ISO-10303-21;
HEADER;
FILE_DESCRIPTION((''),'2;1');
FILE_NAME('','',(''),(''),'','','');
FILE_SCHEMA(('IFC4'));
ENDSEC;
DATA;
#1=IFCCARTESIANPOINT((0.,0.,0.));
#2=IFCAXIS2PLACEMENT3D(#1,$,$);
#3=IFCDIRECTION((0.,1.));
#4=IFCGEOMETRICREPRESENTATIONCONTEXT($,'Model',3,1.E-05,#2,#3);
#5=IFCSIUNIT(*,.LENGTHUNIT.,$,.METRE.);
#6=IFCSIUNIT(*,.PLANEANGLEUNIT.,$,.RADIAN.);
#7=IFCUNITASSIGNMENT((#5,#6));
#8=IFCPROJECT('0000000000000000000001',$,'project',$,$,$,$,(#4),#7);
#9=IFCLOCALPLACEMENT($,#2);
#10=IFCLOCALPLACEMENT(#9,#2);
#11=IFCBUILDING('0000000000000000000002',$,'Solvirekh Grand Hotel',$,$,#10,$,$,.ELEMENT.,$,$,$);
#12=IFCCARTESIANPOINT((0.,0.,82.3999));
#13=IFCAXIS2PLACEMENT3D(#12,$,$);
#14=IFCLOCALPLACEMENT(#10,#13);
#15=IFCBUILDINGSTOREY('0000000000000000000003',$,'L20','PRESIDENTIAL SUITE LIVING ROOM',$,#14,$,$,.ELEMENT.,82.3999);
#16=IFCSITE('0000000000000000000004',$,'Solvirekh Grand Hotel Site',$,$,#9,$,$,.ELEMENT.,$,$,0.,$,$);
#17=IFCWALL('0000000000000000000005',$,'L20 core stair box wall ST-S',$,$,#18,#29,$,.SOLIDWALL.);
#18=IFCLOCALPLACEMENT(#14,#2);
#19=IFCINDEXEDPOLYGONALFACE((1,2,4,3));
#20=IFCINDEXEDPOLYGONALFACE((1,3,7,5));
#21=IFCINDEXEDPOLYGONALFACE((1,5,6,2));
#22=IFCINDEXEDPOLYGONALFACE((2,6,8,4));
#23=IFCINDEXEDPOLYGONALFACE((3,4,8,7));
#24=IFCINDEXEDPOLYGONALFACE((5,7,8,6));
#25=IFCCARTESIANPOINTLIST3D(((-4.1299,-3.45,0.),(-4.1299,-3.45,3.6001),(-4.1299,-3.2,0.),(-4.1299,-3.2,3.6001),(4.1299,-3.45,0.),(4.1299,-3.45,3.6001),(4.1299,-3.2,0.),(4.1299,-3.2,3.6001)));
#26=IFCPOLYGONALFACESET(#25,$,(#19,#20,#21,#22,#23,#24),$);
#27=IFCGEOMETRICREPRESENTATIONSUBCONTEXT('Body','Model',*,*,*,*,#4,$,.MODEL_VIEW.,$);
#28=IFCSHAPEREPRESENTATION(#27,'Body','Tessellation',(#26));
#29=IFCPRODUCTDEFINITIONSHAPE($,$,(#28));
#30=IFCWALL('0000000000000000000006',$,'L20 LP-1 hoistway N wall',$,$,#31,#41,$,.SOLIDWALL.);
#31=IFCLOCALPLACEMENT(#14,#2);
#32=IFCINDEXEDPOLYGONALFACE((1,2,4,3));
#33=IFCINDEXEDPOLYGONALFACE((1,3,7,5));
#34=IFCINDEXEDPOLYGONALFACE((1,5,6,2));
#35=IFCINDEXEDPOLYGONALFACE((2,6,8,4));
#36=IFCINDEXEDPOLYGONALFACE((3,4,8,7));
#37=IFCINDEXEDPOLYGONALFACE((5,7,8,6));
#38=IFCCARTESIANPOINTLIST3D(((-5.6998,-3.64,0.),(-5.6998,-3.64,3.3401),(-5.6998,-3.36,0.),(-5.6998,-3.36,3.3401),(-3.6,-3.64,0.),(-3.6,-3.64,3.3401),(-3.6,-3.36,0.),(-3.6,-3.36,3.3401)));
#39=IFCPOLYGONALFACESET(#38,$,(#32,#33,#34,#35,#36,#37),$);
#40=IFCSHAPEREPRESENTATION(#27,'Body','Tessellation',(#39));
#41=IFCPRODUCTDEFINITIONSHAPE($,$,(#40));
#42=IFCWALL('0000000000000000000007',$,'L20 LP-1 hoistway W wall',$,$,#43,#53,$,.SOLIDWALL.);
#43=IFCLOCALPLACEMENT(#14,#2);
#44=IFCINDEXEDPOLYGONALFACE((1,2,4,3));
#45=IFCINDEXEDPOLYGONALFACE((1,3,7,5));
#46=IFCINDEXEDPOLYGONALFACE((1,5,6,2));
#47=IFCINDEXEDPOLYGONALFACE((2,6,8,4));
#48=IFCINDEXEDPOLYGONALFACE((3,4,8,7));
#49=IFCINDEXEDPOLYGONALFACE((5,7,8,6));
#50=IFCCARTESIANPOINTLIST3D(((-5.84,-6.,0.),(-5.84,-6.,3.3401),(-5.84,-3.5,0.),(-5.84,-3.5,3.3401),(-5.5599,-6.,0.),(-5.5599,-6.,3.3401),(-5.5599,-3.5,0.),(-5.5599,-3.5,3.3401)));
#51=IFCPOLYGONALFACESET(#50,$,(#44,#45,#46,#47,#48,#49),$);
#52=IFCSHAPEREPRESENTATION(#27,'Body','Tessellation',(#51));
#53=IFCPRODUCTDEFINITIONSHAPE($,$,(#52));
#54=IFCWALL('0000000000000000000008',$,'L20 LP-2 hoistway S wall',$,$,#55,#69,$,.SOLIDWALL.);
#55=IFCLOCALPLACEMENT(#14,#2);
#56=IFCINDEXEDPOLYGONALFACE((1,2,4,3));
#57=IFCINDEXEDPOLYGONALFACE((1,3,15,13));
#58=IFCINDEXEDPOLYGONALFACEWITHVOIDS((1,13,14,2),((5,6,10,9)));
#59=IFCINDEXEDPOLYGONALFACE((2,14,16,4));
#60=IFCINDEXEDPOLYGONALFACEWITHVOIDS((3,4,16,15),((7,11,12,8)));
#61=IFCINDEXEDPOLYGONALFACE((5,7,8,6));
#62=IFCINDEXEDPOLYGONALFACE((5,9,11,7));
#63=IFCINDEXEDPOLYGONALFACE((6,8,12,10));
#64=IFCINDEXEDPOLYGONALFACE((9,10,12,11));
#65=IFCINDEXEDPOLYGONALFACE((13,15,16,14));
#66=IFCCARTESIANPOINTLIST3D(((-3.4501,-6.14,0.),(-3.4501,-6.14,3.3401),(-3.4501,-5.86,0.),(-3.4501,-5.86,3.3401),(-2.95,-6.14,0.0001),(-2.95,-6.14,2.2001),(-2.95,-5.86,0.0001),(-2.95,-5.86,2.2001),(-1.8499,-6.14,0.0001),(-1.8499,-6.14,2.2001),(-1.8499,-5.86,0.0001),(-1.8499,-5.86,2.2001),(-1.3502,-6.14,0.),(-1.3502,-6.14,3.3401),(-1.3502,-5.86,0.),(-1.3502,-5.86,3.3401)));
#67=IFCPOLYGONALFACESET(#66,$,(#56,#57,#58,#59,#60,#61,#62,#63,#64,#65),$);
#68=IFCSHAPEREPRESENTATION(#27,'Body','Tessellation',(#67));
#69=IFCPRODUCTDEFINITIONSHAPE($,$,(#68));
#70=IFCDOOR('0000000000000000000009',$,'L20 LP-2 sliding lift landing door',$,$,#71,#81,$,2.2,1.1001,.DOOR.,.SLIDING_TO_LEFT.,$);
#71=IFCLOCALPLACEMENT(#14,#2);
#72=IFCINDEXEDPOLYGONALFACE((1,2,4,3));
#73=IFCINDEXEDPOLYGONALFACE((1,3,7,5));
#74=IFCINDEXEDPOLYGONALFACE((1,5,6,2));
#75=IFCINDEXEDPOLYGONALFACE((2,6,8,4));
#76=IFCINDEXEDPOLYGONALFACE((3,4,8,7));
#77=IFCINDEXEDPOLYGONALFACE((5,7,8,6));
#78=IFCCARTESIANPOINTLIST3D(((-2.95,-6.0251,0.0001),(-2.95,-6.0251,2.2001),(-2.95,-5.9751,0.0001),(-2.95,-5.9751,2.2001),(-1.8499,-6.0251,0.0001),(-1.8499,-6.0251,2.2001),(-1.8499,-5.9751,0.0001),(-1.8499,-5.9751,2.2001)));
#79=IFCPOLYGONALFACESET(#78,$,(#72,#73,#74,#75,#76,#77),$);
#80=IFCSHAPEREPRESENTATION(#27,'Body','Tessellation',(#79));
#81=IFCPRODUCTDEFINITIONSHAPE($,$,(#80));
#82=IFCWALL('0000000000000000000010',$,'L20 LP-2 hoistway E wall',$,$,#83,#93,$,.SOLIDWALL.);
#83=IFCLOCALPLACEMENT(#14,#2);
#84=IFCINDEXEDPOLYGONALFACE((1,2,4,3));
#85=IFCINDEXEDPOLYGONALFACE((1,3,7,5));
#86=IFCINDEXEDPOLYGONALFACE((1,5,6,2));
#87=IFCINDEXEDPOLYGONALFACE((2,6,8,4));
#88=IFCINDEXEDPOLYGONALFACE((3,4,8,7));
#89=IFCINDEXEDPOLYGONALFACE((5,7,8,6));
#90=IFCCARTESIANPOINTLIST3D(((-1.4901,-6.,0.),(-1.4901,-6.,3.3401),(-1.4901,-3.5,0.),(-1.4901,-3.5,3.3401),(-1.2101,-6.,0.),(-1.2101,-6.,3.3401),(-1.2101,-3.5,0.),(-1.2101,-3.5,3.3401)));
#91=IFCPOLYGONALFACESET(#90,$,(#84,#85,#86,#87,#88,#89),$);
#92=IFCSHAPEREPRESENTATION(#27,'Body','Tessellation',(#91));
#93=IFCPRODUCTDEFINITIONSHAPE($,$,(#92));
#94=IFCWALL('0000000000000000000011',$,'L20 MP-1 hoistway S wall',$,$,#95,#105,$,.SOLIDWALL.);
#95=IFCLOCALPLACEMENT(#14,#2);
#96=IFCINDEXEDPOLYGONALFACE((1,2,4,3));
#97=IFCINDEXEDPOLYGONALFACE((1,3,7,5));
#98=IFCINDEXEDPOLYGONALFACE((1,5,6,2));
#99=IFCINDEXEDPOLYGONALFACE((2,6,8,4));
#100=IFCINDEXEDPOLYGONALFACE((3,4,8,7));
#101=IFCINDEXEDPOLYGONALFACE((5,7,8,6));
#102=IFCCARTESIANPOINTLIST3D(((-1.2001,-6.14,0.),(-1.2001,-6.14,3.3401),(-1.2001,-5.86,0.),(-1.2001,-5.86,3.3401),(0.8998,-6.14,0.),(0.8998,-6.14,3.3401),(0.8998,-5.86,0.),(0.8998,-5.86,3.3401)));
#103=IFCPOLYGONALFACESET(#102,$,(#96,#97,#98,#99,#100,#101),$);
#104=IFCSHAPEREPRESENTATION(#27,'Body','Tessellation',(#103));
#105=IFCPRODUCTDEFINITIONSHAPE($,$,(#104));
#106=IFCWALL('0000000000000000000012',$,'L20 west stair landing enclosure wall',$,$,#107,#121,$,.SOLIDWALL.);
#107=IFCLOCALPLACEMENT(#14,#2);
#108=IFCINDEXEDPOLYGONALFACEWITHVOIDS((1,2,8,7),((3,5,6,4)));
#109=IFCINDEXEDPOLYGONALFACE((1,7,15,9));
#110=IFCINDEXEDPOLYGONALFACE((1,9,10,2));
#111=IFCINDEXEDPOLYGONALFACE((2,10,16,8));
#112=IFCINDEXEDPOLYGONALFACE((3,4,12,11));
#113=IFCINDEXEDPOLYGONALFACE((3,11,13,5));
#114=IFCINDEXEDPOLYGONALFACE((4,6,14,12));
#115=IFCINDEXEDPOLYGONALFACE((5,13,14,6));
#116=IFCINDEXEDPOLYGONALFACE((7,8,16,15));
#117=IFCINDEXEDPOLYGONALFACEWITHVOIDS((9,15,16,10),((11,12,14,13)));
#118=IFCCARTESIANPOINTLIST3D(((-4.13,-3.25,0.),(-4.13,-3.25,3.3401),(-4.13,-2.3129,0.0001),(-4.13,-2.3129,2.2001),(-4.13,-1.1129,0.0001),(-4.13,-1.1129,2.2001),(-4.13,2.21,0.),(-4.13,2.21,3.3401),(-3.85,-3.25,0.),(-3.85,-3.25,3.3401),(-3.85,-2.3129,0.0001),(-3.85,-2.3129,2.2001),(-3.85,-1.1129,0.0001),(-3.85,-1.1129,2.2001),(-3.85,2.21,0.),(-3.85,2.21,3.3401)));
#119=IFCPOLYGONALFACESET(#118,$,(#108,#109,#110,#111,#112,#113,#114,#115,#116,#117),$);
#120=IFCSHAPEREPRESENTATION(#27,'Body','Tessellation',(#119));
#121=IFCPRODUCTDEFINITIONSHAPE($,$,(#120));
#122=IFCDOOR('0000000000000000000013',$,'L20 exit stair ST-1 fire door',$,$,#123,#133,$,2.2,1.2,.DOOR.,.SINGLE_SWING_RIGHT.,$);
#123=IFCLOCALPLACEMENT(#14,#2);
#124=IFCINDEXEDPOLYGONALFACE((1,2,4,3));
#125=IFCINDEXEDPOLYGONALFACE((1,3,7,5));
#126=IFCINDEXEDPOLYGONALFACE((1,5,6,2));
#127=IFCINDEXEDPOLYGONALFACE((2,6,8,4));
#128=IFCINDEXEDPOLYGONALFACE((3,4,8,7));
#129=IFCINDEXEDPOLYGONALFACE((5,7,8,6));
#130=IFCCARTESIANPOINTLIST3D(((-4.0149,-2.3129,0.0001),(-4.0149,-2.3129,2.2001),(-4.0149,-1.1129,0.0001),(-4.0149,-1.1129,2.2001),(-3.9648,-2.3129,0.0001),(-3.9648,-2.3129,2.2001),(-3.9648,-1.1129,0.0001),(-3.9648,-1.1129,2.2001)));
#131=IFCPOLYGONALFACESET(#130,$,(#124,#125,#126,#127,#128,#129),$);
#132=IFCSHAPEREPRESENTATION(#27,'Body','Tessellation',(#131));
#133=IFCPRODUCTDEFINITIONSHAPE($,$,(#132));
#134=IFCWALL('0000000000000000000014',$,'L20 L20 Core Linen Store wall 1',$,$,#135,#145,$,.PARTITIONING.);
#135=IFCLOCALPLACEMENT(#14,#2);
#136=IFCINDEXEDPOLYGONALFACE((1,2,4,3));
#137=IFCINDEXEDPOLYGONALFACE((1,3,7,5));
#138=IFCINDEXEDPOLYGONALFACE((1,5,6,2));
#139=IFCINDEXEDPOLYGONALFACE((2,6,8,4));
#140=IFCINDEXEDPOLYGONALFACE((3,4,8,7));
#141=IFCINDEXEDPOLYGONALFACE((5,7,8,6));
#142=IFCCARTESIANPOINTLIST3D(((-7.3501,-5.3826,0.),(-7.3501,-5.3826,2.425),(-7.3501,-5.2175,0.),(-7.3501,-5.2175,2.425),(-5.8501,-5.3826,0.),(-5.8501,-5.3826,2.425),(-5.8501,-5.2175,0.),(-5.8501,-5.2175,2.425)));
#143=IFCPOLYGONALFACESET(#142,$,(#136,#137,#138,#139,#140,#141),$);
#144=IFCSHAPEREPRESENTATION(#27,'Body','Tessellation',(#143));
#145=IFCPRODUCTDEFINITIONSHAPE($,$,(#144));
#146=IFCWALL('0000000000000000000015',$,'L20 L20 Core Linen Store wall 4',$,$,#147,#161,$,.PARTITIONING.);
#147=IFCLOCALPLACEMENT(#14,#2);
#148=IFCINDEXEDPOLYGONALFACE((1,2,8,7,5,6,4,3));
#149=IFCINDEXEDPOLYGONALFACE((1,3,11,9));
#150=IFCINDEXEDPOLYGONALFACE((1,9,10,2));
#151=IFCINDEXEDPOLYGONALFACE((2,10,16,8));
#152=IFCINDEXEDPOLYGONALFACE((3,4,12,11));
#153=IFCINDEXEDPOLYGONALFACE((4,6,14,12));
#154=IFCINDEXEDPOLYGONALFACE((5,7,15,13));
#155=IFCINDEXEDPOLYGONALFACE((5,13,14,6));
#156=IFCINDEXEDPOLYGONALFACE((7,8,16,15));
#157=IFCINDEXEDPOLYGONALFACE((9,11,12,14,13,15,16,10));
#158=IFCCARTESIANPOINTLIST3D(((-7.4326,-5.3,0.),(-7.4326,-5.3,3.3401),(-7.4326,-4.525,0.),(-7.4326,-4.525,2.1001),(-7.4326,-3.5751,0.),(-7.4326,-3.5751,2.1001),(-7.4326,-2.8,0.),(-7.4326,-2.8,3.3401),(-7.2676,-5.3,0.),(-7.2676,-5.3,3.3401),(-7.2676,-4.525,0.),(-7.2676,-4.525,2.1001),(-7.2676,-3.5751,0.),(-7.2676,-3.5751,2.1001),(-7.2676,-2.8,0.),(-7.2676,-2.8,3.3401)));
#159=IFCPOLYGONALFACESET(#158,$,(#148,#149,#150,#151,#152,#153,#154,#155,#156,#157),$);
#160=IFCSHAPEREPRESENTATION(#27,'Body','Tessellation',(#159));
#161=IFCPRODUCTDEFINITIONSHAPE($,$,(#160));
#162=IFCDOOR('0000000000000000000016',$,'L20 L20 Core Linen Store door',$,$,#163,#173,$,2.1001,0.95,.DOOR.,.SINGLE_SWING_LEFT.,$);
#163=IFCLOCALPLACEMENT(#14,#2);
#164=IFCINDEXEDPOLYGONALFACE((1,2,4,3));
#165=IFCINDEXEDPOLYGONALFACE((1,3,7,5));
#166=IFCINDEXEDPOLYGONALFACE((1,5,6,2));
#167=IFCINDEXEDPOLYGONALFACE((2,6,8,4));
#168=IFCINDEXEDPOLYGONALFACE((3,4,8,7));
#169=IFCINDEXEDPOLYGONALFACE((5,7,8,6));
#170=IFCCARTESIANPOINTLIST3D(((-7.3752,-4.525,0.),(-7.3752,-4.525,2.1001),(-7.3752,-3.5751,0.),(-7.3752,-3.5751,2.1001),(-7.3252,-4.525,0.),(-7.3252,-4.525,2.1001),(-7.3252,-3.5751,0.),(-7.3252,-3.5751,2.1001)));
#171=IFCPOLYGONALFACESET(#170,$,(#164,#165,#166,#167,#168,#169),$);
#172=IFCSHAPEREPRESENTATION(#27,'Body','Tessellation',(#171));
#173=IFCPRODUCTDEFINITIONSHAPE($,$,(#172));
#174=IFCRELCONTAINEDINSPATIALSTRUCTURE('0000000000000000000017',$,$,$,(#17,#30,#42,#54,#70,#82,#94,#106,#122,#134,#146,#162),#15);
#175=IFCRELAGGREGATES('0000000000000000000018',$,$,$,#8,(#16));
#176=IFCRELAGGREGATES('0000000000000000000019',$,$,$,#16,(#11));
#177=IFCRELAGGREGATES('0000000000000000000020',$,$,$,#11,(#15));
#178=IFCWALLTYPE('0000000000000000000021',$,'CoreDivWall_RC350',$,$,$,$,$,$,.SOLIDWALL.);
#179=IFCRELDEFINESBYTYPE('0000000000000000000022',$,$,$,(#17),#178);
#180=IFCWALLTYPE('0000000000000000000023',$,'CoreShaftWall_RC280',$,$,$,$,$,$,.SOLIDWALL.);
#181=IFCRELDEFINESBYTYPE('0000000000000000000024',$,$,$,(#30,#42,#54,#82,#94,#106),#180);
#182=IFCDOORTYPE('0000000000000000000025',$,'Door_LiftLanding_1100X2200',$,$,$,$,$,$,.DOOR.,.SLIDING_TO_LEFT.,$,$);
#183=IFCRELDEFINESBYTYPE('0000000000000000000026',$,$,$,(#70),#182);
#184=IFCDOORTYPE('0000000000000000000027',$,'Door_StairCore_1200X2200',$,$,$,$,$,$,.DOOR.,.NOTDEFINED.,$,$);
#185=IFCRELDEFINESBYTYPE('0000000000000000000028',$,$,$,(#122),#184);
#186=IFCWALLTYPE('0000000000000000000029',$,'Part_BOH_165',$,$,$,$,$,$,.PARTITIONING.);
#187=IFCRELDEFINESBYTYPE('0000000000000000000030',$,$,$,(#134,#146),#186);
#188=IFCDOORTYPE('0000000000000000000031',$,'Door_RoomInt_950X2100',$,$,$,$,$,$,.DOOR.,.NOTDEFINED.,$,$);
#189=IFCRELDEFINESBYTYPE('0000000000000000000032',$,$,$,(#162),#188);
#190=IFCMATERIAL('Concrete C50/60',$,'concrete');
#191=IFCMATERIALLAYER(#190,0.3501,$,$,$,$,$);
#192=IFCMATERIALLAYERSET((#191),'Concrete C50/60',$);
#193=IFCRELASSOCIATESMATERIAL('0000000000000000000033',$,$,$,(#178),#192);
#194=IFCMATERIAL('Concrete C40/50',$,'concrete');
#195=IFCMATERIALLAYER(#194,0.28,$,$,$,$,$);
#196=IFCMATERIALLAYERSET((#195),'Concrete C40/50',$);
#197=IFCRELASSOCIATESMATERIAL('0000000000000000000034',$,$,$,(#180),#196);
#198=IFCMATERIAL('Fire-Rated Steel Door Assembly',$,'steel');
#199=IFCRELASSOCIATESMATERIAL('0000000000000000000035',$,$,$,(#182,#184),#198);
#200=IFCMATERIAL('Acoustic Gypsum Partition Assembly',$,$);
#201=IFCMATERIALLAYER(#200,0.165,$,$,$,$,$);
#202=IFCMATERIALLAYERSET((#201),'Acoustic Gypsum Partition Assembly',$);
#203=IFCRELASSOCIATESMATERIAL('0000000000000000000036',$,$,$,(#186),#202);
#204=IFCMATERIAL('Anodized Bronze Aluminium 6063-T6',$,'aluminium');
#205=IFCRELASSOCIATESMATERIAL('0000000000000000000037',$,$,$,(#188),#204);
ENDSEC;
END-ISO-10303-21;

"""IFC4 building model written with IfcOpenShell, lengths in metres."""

from ifc_helpers import new_model, si_unit, direction, frame, frame_2d, origin, place, context, subcontext, project, spatial, rectangle, extrude, material, layer, layer_set, type_object, element, fill, save


model = new_model("IFC4")

# Units and contexts
model_context = context("Model", 3, precision=1e-05, world=origin(), true_north=direction((0.0, 1.0)))
body_context = subcontext(model_context, "Body", "Model", "MODEL_VIEW")
ifc_project = project(units=[si_unit("LENGTHUNIT", "METRE"), si_unit("PLANEANGLEUNIT", "RADIAN")], contexts=[model_context])

# Site, building, storey
site_placement = place(None, origin())
site = spatial("IfcSite", under=ifc_project, at=site_placement, Name="Solvirekh Grand Hotel Site", CompositionType="ELEMENT", RefElevation=0.0)
building_placement = place(site_placement, origin())
building = spatial("IfcBuilding", under=site, at=building_placement, Name="Solvirekh Grand Hotel", CompositionType="ELEMENT")
storey_placement = place(building_placement, frame((0.0, 0.0, 82.3999)))
storey = spatial("IfcBuildingStorey", under=building, at=storey_placement, Name="L20", Description="PRESIDENTIAL SUITE LIVING ROOM", CompositionType="ELEMENT", Elevation=82.3999)

# Walls
ifc_material_1 = material(Name="Concrete C50/60", Category="concrete")
ifc_layer_1 = layer(ifc_material_1, 0.3501)
ifc_layer_set_1 = layer_set([ifc_layer_1], Name="Concrete C50/60")
wall_type_1 = type_object("IfcWallType", Name="CoreDivWall_RC350", PredefinedType="SOLIDWALL", material=ifc_layer_set_1)
wall_1_placement = place(storey_placement, frame((-4.1299, -3.325, 0.0), z_axis=(0.0, 0.0, 1.0), x_axis=(1.0, 0.0, 0.0)))
element("IfcWall", 1, at=wall_1_placement, inside=storey, type_object=wall_type_1, Name="L20 core stair box wall ST-S", PredefinedType="SOLIDWALL", context=body_context, shape_type="SweptSolid", body=[
    extrude(rectangle(XDim=8.2598, YDim=0.25, at=frame_2d((4.1299, 0.0))), origin(), (0.0, 0.0, 1.0), 3.6001),
])
ifc_material_2 = material(Name="Concrete C40/50", Category="concrete")
ifc_layer_2 = layer(ifc_material_2, 0.28)
ifc_layer_set_2 = layer_set([ifc_layer_2], Name="Concrete C40/50")
wall_type_2 = type_object("IfcWallType", Name="CoreShaftWall_RC280", PredefinedType="SOLIDWALL", material=ifc_layer_set_2)
wall_2_placement = place(storey_placement, frame((-3.6001, -3.5, 0.0), z_axis=(0.0, 0.0, 1.0), x_axis=(-1.0, 0.0, 0.0)))
element("IfcWall", 2, at=wall_2_placement, inside=storey, type_object=wall_type_2, Name="L20 LP-1 hoistway N wall", PredefinedType="SOLIDWALL", context=body_context, shape_type="SweptSolid", body=[
    extrude(rectangle(XDim=2.0999, YDim=0.28, at=frame_2d((1.0498, 0.0))), origin(), (0.0, 0.0, 1.0), 3.3401),
])
wall_3_placement = place(storey_placement, frame((-5.7, -3.5, 0.0), z_axis=(0.0, 0.0, 1.0), x_axis=(0.0, -1.0, 0.0)))
element("IfcWall", 3, at=wall_3_placement, inside=storey, type_object=wall_type_2, Name="L20 LP-1 hoistway W wall", PredefinedType="SOLIDWALL", context=body_context, shape_type="SweptSolid", body=[
    extrude(rectangle(XDim=2.5, YDim=0.28, at=frame_2d((1.25, 0.0))), origin(), (0.0, 0.0, 1.0), 3.3401),
])

# Wall, opening, door
wall_4_placement = place(storey_placement, frame((-3.45, -6.0, 0.0), z_axis=(0.0, 0.0, 1.0), x_axis=(1.0, 0.0, 0.0)))
wall_4 = element("IfcWall", 4, at=wall_4_placement, inside=storey, type_object=wall_type_2, Name="L20 LP-2 hoistway S wall", PredefinedType="SOLIDWALL", context=body_context, shape_type="SweptSolid", body=[
    extrude(rectangle(XDim=2.0999, YDim=0.28, at=frame_2d((1.0498, 0.0))), origin(), (0.0, 0.0, 1.0), 3.3401),
])
opening_1_placement = place(wall_4_placement, frame((0.5, 0.0, 0.0)))
opening_1 = element("IfcOpeningElement", 5, at=opening_1_placement, cuts=wall_4, PredefinedType="OPENING", context=body_context, shape_type="SweptSolid", body=[
    extrude(rectangle(XDim=1.1001, YDim=2.2, at=frame_2d((0.55, 1.1001))), frame((0.0, 0.1499, 0.0), z_axis=(0.0, -1.0, 0.0), x_axis=(1.0, 0.0, 0.0)), (0.0, 0.0, 1.0), 0.3),
])
ifc_material_3 = material(Name="Fire-Rated Steel Door Assembly", Category="steel")
door_type_1 = type_object("IfcDoorType", Name="Door_LiftLanding_1100X2200", OperationType="SLIDING_TO_LEFT", PredefinedType="DOOR", material=ifc_material_3)
door_1_placement = place(opening_1_placement, origin())
door_1 = element("IfcDoor", 6, at=door_1_placement, inside=storey, type_object=door_type_1, Name="L20 LP-2 sliding lift landing door", OperationType="SLIDING_TO_LEFT", OverallHeight=2.2, OverallWidth=1.1001, PredefinedType="DOOR", context=body_context, shape_type="SweptSolid", body=[
    extrude(rectangle(XDim=1.1001, YDim=2.2, at=frame_2d((0.55, 1.1001))), frame((0.0, 0.0249, 0.0), z_axis=(0.0, -1.0, 0.0), x_axis=(1.0, 0.0, 0.0)), (0.0, 0.0, 1.0), 0.05),
])
fill(opening_1, door_1)

# Walls
wall_5_placement = place(storey_placement, frame((-1.3501, -6.0, 0.0), z_axis=(0.0, 0.0, 1.0), x_axis=(0.0, 1.0, 0.0)))
element("IfcWall", 7, at=wall_5_placement, inside=storey, type_object=wall_type_2, Name="L20 LP-2 hoistway E wall", PredefinedType="SOLIDWALL", context=body_context, shape_type="SweptSolid", body=[
    extrude(rectangle(XDim=2.5, YDim=0.28, at=frame_2d((1.25, 0.0))), origin(), (0.0, 0.0, 1.0), 3.3401),
])
wall_6_placement = place(storey_placement, frame((-1.2, -6.0, 0.0), z_axis=(0.0, 0.0, 1.0), x_axis=(1.0, 0.0, 0.0)))
element("IfcWall", 8, at=wall_6_placement, inside=storey, type_object=wall_type_2, Name="L20 MP-1 hoistway S wall", PredefinedType="SOLIDWALL", context=body_context, shape_type="SweptSolid", body=[
    extrude(rectangle(XDim=2.0999, YDim=0.28, at=frame_2d((1.0498, 0.0))), origin(), (0.0, 0.0, 1.0), 3.3401),
])

# Wall, opening, door
wall_7_placement = place(storey_placement, frame((-3.99, -3.25, 0.0), z_axis=(0.0, 0.0, 1.0), x_axis=(0.0, 1.0, 0.0)))
wall_7 = element("IfcWall", 9, at=wall_7_placement, inside=storey, type_object=wall_type_2, Name="L20 west stair landing enclosure wall", PredefinedType="SOLIDWALL", context=body_context, shape_type="SweptSolid", body=[
    extrude(rectangle(XDim=5.46, YDim=0.28, at=frame_2d((2.73, 0.0))), origin(), (0.0, 0.0, 1.0), 3.3401),
])
opening_2_placement = place(wall_7_placement, frame((0.937, 0.0, 0.0)))
opening_2 = element("IfcOpeningElement", 10, at=opening_2_placement, cuts=wall_7, PredefinedType="OPENING", context=body_context, shape_type="SweptSolid", body=[
    extrude(rectangle(XDim=1.2, YDim=2.2, at=frame_2d((0.6001, 1.1001))), frame((0.0, 0.1499, 0.0), z_axis=(0.0, -1.0, 0.0), x_axis=(1.0, 0.0, 0.0)), (0.0, 0.0, 1.0), 0.3),
])
door_type_2 = type_object("IfcDoorType", Name="Door_StairCore_1200X2200", OperationType="NOTDEFINED", PredefinedType="DOOR", material=ifc_material_3)
door_2_placement = place(opening_2_placement, origin())
door_2 = element("IfcDoor", 11, at=door_2_placement, inside=storey, type_object=door_type_2, Name="L20 exit stair ST-1 fire door", OperationType="SINGLE_SWING_RIGHT", OverallHeight=2.2, OverallWidth=1.2, PredefinedType="DOOR", context=body_context, shape_type="SweptSolid", body=[
    extrude(rectangle(XDim=1.2, YDim=2.2, at=frame_2d((0.6001, 1.1001))), frame((0.0, 0.0249, 0.0), z_axis=(0.0, -1.0, 0.0), x_axis=(1.0, 0.0, 0.0)), (0.0, 0.0, 1.0), 0.05),
])
fill(opening_2, door_2)

# Wall
ifc_material_4 = material(Name="Acoustic Gypsum Partition Assembly")
ifc_layer_3 = layer(ifc_material_4, 0.165)
ifc_layer_set_3 = layer_set([ifc_layer_3], Name="Acoustic Gypsum Partition Assembly")
wall_type_3 = type_object("IfcWallType", Name="Part_BOH_165", PredefinedType="PARTITIONING", material=ifc_layer_set_3)
wall_8_placement = place(storey_placement, frame((-7.3501, -5.3, 0.0), z_axis=(0.0, 0.0, 1.0), x_axis=(1.0, 0.0, 0.0)))
element("IfcWall", 12, at=wall_8_placement, inside=storey, type_object=wall_type_3, Name="L20 L20 Core Linen Store wall 1", PredefinedType="PARTITIONING", context=body_context, shape_type="SweptSolid", body=[
    extrude(rectangle(XDim=1.5, YDim=0.165, at=frame_2d((0.75, 0.0))), origin(), (0.0, 0.0, 1.0), 2.425),
])

# Wall, opening, door
wall_9_placement = place(storey_placement, frame((-7.3501, -2.8, 0.0), z_axis=(0.0, 0.0, 1.0), x_axis=(0.0, -1.0, 0.0)))
wall_9 = element("IfcWall", 13, at=wall_9_placement, inside=storey, type_object=wall_type_3, Name="L20 L20 Core Linen Store wall 4", PredefinedType="PARTITIONING", context=body_context, shape_type="SweptSolid", body=[
    extrude(rectangle(XDim=2.5, YDim=0.165, at=frame_2d((1.25, 0.0))), origin(), (0.0, 0.0, 1.0), 3.3401),
])
opening_3_placement = place(wall_9_placement, frame((0.7749, 0.0, 0.0)))
opening_3 = element("IfcOpeningElement", 14, at=opening_3_placement, cuts=wall_9, PredefinedType="OPENING", context=body_context, shape_type="SweptSolid", body=[
    extrude(rectangle(XDim=0.95, YDim=2.1001, at=frame_2d((0.4751, 1.05))), frame((0.0, 0.0925, 0.0), z_axis=(0.0, -1.0, 0.0), x_axis=(1.0, 0.0, 0.0)), (0.0, 0.0, 1.0), 0.1851),
])
ifc_material_5 = material(Name="Anodized Bronze Aluminium 6063-T6", Category="aluminium")
door_type_3 = type_object("IfcDoorType", Name="Door_RoomInt_950X2100", OperationType="NOTDEFINED", PredefinedType="DOOR", material=ifc_material_5)
door_3_placement = place(opening_3_placement, origin())
door_3 = element("IfcDoor", 15, at=door_3_placement, inside=storey, type_object=door_type_3, Name="L20 L20 Core Linen Store door", OperationType="SINGLE_SWING_LEFT", OverallHeight=2.1001, OverallWidth=0.95, PredefinedType="DOOR", context=body_context, shape_type="SweptSolid", body=[
    extrude(rectangle(XDim=0.95, YDim=2.1001, at=frame_2d((0.4751, 1.05))), frame((0.0, 0.0249, 0.0), z_axis=(0.0, -1.0, 0.0), x_axis=(1.0, 0.0, 0.0)), (0.0, 0.0, 1.0), 0.05),
])
fill(opening_3, door_3)

save(model, "model.ifc")
